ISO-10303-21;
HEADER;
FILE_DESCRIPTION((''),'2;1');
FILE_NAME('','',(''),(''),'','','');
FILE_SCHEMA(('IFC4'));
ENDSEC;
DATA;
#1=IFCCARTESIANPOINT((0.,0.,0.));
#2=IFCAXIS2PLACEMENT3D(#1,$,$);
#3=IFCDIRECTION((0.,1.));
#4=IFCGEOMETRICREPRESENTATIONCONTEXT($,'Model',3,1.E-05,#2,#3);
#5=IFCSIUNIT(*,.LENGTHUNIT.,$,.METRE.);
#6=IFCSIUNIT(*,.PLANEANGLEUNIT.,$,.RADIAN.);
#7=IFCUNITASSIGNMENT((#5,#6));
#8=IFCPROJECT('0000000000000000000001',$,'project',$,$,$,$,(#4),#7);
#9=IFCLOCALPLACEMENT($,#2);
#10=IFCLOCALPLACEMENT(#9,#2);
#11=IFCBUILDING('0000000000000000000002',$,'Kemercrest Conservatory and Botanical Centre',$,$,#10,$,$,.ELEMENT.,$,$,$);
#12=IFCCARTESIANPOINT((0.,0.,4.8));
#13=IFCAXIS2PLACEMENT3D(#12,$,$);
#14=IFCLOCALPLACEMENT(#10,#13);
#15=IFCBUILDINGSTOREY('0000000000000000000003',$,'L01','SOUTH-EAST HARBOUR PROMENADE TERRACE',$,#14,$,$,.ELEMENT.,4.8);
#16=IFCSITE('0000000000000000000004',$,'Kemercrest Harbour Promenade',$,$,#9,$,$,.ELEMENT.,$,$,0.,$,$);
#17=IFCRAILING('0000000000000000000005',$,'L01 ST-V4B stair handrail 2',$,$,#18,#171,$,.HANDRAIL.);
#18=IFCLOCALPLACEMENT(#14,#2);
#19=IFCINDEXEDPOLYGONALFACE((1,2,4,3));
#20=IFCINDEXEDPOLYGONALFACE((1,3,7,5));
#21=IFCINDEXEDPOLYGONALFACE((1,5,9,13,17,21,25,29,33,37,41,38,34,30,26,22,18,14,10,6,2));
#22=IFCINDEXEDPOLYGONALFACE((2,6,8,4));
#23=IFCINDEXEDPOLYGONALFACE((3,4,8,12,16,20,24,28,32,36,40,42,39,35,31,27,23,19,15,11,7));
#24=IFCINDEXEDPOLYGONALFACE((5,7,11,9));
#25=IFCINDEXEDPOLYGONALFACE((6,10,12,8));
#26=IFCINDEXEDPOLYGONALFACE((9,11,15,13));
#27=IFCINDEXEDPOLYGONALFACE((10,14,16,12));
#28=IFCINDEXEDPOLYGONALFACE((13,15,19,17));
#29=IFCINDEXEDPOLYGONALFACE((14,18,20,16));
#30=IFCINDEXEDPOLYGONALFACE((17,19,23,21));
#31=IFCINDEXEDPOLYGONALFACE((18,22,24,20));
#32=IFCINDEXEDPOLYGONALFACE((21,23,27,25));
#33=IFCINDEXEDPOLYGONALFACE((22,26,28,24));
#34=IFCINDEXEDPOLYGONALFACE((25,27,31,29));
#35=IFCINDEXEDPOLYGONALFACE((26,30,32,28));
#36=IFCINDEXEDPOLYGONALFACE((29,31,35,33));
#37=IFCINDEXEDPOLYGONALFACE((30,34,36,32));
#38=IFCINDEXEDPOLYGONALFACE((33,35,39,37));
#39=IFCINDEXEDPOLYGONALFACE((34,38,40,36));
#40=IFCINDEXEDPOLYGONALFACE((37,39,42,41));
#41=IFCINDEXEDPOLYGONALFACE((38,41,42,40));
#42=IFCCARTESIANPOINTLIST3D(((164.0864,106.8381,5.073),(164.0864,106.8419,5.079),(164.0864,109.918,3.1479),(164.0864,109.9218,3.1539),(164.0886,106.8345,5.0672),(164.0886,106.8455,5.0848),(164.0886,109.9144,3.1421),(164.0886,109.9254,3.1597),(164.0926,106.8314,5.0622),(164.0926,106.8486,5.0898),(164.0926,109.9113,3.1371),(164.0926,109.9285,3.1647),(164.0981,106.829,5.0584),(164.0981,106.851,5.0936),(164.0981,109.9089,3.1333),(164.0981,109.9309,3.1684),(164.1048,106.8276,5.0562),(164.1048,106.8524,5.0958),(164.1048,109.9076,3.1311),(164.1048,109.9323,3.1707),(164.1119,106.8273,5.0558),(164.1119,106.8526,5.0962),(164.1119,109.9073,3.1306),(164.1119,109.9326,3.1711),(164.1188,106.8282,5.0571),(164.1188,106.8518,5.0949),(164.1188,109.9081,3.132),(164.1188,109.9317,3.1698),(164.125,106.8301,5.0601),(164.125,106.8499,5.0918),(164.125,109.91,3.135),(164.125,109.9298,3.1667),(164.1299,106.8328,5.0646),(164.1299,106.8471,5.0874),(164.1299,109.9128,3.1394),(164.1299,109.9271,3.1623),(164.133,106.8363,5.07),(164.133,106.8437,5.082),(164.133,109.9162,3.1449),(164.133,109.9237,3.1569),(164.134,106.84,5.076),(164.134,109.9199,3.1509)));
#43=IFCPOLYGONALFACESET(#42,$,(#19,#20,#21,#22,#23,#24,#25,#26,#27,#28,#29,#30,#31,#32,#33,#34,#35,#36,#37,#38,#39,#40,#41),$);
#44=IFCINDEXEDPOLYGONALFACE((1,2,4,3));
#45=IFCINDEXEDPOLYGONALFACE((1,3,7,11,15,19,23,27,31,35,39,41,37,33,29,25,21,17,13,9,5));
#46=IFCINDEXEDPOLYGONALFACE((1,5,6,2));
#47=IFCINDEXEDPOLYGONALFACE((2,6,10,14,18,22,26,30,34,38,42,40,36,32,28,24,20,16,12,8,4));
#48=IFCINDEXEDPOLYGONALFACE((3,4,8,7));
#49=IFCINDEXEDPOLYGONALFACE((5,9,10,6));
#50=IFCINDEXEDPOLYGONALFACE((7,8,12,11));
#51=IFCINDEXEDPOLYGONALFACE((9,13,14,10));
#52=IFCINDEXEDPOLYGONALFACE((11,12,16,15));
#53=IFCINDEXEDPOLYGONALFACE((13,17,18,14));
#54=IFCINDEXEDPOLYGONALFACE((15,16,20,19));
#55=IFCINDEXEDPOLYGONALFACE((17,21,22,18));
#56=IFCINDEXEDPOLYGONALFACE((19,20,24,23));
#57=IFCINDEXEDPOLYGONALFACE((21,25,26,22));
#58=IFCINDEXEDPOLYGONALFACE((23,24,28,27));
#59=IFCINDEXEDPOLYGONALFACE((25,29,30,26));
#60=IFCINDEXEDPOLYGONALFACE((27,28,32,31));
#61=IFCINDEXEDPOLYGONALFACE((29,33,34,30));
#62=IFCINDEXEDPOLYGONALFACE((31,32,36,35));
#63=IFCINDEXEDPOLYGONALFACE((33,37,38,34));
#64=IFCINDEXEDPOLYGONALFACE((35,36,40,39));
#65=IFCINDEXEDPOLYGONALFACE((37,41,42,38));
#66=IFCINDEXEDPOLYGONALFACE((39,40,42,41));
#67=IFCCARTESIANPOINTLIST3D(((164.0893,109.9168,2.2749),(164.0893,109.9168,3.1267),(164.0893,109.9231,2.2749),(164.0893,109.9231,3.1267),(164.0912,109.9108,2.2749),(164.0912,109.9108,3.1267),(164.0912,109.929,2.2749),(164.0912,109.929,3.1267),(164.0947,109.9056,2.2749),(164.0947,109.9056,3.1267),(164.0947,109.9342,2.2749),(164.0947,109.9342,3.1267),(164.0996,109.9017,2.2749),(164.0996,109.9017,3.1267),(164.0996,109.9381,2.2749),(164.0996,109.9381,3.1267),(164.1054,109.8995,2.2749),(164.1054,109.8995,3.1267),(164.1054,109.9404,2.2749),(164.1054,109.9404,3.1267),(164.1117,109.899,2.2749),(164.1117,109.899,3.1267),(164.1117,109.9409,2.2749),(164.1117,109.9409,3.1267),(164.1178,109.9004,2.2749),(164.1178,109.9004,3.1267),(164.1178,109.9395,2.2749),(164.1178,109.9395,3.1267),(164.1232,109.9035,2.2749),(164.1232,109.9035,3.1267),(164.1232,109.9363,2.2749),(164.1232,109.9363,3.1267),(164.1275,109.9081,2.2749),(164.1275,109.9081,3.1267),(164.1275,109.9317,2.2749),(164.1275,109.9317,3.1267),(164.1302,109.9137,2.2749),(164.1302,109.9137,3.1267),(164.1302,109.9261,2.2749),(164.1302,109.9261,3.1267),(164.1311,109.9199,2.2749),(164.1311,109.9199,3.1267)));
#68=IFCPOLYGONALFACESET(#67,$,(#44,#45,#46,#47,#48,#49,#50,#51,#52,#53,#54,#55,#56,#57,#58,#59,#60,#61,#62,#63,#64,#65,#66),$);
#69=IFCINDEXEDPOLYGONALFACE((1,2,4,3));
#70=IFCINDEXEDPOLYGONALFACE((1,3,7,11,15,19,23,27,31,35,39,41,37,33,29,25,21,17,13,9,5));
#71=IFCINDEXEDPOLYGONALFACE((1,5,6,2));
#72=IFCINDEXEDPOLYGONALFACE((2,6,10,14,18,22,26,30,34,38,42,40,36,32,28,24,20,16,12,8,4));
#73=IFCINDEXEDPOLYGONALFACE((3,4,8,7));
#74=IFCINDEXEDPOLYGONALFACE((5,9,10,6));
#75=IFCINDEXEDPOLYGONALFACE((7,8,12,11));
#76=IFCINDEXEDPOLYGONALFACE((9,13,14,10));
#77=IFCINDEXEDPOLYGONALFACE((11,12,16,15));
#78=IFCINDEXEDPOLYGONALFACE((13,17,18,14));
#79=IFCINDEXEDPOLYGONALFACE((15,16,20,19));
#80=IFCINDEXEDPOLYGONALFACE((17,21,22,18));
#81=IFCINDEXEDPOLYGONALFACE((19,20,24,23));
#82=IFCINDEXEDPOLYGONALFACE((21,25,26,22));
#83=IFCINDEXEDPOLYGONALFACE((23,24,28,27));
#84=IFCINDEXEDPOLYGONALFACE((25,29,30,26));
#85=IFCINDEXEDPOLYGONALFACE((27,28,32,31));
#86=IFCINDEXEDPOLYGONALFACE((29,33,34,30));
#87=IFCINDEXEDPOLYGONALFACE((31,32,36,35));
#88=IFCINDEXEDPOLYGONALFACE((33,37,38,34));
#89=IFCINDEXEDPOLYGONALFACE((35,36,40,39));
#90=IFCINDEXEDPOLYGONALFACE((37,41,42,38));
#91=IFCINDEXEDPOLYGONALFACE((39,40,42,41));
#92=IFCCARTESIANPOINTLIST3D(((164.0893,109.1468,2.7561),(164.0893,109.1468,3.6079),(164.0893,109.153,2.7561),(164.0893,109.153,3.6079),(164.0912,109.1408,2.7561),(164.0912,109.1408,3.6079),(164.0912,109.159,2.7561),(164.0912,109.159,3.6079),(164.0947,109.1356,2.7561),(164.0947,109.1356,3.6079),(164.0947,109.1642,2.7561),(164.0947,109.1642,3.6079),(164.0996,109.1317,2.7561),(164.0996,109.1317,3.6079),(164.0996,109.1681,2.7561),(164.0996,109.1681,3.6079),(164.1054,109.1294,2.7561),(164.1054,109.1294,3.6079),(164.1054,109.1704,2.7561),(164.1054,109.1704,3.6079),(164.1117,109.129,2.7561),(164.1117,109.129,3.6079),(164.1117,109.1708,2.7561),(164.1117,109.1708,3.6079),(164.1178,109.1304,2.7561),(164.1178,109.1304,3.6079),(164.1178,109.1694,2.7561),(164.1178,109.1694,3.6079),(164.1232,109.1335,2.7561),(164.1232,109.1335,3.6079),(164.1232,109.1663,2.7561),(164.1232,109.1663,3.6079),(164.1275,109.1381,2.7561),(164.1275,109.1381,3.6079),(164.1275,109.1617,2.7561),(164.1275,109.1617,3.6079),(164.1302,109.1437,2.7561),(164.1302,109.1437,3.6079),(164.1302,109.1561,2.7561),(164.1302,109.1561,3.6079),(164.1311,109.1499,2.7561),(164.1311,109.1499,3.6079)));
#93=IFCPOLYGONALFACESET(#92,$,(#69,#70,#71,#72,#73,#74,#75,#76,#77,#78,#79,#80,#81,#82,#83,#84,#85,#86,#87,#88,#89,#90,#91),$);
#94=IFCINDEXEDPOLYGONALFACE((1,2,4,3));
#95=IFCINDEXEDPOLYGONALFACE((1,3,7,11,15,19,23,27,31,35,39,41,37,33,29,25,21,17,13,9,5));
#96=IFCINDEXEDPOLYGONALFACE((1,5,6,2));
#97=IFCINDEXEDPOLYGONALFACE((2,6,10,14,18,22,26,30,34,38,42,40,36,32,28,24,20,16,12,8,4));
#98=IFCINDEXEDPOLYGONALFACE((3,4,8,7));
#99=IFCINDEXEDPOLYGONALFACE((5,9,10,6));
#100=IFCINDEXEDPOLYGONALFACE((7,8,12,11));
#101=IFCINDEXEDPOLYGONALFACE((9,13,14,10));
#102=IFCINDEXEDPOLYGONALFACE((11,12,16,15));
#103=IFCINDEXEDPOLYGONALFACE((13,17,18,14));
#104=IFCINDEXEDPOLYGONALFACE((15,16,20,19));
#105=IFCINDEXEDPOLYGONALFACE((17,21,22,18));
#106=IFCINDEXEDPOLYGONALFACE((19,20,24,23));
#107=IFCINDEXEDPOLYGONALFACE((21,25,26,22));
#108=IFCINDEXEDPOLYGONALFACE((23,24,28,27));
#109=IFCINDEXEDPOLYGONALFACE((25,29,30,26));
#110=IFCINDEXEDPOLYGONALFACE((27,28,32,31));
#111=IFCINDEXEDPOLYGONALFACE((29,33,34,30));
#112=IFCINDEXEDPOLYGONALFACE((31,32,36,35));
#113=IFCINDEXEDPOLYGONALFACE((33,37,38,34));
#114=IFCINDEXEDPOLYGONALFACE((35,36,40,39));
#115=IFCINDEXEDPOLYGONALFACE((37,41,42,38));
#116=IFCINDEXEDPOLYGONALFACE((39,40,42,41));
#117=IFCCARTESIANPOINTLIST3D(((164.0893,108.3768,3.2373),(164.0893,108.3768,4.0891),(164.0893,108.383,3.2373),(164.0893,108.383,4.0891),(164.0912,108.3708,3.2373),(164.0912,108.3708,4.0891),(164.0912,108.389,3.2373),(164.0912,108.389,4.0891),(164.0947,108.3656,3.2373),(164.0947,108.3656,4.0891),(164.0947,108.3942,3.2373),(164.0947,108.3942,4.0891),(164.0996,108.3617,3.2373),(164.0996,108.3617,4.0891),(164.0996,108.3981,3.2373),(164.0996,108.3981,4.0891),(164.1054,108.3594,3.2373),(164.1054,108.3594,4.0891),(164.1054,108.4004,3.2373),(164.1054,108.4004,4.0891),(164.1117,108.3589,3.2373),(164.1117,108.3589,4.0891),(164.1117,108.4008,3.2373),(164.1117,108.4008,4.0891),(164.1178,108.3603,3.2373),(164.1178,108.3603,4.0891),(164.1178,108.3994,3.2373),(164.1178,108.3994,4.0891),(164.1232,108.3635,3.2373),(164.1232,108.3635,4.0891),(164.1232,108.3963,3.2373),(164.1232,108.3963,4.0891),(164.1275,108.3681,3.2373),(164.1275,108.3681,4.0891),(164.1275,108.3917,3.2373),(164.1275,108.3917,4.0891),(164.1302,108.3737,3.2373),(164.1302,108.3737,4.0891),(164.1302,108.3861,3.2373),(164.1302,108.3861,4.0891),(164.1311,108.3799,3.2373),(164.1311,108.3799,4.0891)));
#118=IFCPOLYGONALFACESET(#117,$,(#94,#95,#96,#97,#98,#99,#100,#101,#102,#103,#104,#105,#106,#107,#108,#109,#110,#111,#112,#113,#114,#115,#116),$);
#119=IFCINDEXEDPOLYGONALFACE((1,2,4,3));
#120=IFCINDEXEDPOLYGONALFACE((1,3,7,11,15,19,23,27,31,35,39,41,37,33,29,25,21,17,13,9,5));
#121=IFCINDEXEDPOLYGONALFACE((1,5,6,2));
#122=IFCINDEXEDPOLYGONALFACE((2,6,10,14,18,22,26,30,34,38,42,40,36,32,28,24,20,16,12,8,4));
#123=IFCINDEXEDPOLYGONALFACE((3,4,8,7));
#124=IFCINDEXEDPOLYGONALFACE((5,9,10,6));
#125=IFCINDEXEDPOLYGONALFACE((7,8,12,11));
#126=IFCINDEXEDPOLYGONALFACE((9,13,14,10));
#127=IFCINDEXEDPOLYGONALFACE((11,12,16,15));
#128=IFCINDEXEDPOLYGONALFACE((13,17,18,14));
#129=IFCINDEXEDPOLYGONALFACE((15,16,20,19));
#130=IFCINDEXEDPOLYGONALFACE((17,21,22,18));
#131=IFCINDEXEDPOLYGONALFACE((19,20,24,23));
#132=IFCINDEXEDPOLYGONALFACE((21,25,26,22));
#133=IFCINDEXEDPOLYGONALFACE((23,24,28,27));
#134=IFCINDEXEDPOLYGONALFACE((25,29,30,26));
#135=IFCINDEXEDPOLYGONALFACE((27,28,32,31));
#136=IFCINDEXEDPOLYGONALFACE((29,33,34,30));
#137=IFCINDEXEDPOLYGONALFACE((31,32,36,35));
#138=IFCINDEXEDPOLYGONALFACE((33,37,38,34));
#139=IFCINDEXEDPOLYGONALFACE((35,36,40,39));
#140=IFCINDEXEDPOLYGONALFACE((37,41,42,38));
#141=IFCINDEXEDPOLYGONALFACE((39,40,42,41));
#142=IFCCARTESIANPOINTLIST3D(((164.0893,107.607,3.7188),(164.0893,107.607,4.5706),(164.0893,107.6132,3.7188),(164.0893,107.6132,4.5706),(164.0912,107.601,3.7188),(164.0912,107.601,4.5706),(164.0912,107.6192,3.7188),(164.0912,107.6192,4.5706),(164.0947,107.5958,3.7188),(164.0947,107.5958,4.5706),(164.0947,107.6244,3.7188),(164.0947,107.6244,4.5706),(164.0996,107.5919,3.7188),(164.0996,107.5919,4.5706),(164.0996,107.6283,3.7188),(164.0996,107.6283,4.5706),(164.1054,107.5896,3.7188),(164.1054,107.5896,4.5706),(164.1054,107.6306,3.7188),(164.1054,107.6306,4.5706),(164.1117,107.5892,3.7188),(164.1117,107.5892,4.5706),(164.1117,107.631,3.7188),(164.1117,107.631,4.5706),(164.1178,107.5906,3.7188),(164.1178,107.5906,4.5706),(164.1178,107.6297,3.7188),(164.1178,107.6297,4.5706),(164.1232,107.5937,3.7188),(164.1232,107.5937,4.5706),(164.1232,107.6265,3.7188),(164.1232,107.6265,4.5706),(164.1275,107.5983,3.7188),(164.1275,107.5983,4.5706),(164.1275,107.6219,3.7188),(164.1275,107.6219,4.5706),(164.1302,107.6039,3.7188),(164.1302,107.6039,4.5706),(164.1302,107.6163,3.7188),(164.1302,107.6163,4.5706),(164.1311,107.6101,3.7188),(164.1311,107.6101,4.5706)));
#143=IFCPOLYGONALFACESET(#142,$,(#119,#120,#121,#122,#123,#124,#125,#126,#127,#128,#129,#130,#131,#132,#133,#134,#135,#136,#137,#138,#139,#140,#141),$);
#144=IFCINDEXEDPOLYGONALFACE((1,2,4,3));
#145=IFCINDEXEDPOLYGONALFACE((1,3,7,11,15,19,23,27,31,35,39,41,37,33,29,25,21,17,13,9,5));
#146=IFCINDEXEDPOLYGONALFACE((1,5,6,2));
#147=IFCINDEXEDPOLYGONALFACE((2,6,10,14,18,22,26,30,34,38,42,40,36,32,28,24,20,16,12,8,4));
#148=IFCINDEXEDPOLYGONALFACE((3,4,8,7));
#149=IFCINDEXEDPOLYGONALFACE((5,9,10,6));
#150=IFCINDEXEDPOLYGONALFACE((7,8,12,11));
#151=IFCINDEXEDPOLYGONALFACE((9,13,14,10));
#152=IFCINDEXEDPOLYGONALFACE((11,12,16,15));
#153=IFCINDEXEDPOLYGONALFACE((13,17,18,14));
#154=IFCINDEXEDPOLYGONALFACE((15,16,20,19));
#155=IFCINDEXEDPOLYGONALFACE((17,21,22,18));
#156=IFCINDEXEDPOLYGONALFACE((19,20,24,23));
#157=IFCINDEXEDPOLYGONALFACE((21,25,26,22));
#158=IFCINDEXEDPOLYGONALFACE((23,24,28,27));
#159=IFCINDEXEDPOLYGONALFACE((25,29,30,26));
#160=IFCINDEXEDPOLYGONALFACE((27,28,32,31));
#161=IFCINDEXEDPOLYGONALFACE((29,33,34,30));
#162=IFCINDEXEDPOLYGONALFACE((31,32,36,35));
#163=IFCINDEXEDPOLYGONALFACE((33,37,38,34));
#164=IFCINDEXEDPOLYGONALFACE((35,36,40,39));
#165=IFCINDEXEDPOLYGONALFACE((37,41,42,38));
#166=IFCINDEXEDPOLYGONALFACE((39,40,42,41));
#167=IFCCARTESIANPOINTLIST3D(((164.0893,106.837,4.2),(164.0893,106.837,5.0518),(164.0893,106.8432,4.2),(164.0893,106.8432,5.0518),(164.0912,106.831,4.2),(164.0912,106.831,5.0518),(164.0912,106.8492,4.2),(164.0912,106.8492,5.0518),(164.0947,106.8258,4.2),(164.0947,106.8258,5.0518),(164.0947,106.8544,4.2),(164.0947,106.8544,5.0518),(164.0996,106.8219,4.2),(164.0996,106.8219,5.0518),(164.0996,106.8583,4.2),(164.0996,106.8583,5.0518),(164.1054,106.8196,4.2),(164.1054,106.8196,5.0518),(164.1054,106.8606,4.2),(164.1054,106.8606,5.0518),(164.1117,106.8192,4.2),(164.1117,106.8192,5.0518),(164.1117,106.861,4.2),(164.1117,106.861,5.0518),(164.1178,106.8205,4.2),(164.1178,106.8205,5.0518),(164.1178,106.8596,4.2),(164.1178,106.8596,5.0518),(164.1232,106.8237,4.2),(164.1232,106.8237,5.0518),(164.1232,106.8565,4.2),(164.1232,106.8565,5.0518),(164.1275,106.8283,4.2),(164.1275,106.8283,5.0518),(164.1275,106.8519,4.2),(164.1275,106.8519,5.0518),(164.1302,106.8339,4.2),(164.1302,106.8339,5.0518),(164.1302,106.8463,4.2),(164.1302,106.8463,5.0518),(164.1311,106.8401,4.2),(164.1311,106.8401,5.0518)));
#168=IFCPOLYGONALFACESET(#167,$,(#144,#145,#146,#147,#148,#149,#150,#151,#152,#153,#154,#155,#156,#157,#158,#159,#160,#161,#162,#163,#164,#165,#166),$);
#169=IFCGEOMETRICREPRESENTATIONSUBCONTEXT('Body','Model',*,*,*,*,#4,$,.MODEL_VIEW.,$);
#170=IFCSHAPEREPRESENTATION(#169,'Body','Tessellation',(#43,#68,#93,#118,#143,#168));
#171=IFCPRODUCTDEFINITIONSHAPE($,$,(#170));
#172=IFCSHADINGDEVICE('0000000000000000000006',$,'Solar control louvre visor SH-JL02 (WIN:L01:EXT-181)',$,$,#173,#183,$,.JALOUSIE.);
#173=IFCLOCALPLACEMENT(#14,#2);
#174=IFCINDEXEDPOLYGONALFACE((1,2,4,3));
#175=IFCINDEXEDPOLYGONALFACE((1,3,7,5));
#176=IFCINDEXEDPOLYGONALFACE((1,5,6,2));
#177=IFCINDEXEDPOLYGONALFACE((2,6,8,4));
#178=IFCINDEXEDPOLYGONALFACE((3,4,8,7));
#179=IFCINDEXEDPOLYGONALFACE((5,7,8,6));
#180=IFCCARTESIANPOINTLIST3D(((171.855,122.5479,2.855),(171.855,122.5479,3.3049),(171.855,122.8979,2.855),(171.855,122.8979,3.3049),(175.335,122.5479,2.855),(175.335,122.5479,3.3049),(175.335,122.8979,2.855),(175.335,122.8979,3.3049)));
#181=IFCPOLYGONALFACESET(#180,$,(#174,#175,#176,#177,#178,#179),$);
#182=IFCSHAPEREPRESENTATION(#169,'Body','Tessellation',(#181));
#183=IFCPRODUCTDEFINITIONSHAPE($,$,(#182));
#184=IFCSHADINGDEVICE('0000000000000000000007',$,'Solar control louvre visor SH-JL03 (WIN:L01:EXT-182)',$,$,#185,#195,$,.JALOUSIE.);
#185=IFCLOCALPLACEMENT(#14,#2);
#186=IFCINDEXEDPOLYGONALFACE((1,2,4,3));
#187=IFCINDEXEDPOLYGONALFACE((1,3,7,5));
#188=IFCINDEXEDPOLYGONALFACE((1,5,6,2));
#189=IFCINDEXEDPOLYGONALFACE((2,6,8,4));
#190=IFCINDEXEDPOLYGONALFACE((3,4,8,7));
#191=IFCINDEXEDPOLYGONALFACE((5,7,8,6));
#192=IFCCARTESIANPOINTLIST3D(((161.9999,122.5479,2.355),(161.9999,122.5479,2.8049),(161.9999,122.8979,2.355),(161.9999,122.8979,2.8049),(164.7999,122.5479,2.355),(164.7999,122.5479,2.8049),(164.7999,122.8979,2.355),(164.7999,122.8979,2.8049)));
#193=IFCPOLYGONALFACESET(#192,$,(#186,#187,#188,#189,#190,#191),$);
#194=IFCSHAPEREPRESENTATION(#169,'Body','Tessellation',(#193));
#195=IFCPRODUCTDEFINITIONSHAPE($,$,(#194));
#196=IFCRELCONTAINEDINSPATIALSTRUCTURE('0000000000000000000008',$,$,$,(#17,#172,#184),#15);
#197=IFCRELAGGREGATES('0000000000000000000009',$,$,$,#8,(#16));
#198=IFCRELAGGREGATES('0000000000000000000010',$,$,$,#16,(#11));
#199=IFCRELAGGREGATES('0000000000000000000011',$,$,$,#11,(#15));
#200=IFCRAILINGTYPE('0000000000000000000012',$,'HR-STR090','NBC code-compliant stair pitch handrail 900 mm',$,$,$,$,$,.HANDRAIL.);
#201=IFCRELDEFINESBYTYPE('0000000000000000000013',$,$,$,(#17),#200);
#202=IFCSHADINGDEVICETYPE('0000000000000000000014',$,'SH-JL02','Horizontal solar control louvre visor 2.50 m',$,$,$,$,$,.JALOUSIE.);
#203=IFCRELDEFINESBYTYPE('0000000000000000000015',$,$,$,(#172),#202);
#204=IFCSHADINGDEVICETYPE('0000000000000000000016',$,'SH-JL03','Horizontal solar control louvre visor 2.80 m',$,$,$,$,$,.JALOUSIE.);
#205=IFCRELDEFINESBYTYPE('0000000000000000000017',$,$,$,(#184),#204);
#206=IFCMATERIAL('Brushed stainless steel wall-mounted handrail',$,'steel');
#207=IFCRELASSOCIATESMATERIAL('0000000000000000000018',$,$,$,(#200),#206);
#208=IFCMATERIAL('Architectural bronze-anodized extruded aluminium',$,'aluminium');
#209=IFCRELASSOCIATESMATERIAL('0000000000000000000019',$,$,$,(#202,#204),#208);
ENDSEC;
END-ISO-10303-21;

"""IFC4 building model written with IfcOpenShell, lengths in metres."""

from ifc_helpers import new_model, si_unit, direction, frame, origin, origin_2d, place, context, subcontext, project, spatial, rectangle, circle, extrude, material, type_object, element, save


model = new_model("IFC4")

# Units and contexts
model_context = context("Model", 3, precision=1e-05, world=origin(), true_north=direction((0.0, 1.0)))
body_context = subcontext(model_context, "Body", "Model", "MODEL_VIEW")
ifc_project = project(units=[si_unit("LENGTHUNIT", "METRE"), si_unit("PLANEANGLEUNIT", "RADIAN")], contexts=[model_context])

# Site, building, storey
site_placement = place(None, origin())
site = spatial("IfcSite", under=ifc_project, at=site_placement, Name="Kemercrest Harbour Promenade", CompositionType="ELEMENT", RefElevation=0.0)
building_placement = place(site_placement, origin())
building = spatial("IfcBuilding", under=site, at=building_placement, Name="Kemercrest Conservatory and Botanical Centre", CompositionType="ELEMENT")
storey_placement = place(building_placement, frame((0.0, 0.0, 4.8)))
storey = spatial("IfcBuildingStorey", under=building, at=storey_placement, Name="L01", Description="SOUTH-EAST HARBOUR PROMENADE TERRACE", CompositionType="ELEMENT", Elevation=4.8)

# Railing
ifc_material_1 = material(Name="Brushed stainless steel wall-mounted handrail", Category="steel")
railing_type_1 = type_object("IfcRailingType", Name="HR-STR090", Description="NBC code-compliant stair pitch handrail 900 mm", PredefinedType="HANDRAIL", material=ifc_material_1)
railing_1_placement = place(storey_placement, frame((164.1101, 109.9199, 2.2749)))
element("IfcRailing", 1, at=railing_1_placement, inside=storey, type_object=railing_type_1, Name="L01 ST-V4B stair handrail 2", PredefinedType="HANDRAIL", context=body_context, shape_type="SweptSolid", body=[
    extrude(circle(Radius=0.0239, at=origin_2d()), frame((0.0, 0.0, 0.876), z_axis=(0.0, -0.847979, 0.530029), x_axis=(1.0, 0.0, 0.0)), (0.0, 0.0, 1.0), 3.6321),
    extrude(circle(Radius=0.021, at=origin_2d()), origin(), (0.0, 0.0, 1.0), 0.8518),
    extrude(circle(Radius=0.021, at=origin_2d()), frame((0.0, -0.77, 0.4812)), (0.0, 0.0, 1.0), 0.8518),
    extrude(circle(Radius=0.021, at=origin_2d()), frame((0.0, -1.54, 0.9624)), (0.0, 0.0, 1.0), 0.8518),
    extrude(circle(Radius=0.021, at=origin_2d()), frame((0.0, -2.3098, 1.4438)), (0.0, 0.0, 1.0), 0.8518),
    extrude(circle(Radius=0.021, at=origin_2d()), frame((0.0, -3.0798, 1.925)), (0.0, 0.0, 1.0), 0.8518),
])

# Shading devices
ifc_material_2 = material(Name="Architectural bronze-anodized extruded aluminium", Category="aluminium")
shading_device_type_1 = type_object("IfcShadingDeviceType", Name="SH-JL02", Description="Horizontal solar control louvre visor 2.50 m", PredefinedType="JALOUSIE", material=ifc_material_2)
shading_device_1_placement = place(storey_placement, frame((173.595, 122.7229, 2.855), z_axis=(0.0, 0.0, 1.0), x_axis=(-1.0, 0.0, 0.0)))
element("IfcShadingDevice", 2, at=shading_device_1_placement, inside=storey, type_object=shading_device_type_1, Name="Solar control louvre visor SH-JL02 (WIN:L01:EXT-181)", PredefinedType="JALOUSIE", context=body_context, shape_type="SweptSolid", body=[
    extrude(rectangle(XDim=3.48, YDim=0.3501, at=origin_2d()), origin(), (0.0, 0.0, 1.0), 0.45),
])
shading_device_type_2 = type_object("IfcShadingDeviceType", Name="SH-JL03", Description="Horizontal solar control louvre visor 2.80 m", PredefinedType="JALOUSIE", material=ifc_material_2)
shading_device_2_placement = place(storey_placement, frame((163.3999, 122.7229, 2.355), z_axis=(0.0, 0.0, 1.0), x_axis=(-1.0, 0.0, 0.0)))
element("IfcShadingDevice", 3, at=shading_device_2_placement, inside=storey, type_object=shading_device_type_2, Name="Solar control louvre visor SH-JL03 (WIN:L01:EXT-182)", PredefinedType="JALOUSIE", context=body_context, shape_type="SweptSolid", body=[
    extrude(rectangle(XDim=2.8, YDim=0.3501, at=origin_2d()), origin(), (0.0, 0.0, 1.0), 0.45),
])

save(model, "model.ifc")
